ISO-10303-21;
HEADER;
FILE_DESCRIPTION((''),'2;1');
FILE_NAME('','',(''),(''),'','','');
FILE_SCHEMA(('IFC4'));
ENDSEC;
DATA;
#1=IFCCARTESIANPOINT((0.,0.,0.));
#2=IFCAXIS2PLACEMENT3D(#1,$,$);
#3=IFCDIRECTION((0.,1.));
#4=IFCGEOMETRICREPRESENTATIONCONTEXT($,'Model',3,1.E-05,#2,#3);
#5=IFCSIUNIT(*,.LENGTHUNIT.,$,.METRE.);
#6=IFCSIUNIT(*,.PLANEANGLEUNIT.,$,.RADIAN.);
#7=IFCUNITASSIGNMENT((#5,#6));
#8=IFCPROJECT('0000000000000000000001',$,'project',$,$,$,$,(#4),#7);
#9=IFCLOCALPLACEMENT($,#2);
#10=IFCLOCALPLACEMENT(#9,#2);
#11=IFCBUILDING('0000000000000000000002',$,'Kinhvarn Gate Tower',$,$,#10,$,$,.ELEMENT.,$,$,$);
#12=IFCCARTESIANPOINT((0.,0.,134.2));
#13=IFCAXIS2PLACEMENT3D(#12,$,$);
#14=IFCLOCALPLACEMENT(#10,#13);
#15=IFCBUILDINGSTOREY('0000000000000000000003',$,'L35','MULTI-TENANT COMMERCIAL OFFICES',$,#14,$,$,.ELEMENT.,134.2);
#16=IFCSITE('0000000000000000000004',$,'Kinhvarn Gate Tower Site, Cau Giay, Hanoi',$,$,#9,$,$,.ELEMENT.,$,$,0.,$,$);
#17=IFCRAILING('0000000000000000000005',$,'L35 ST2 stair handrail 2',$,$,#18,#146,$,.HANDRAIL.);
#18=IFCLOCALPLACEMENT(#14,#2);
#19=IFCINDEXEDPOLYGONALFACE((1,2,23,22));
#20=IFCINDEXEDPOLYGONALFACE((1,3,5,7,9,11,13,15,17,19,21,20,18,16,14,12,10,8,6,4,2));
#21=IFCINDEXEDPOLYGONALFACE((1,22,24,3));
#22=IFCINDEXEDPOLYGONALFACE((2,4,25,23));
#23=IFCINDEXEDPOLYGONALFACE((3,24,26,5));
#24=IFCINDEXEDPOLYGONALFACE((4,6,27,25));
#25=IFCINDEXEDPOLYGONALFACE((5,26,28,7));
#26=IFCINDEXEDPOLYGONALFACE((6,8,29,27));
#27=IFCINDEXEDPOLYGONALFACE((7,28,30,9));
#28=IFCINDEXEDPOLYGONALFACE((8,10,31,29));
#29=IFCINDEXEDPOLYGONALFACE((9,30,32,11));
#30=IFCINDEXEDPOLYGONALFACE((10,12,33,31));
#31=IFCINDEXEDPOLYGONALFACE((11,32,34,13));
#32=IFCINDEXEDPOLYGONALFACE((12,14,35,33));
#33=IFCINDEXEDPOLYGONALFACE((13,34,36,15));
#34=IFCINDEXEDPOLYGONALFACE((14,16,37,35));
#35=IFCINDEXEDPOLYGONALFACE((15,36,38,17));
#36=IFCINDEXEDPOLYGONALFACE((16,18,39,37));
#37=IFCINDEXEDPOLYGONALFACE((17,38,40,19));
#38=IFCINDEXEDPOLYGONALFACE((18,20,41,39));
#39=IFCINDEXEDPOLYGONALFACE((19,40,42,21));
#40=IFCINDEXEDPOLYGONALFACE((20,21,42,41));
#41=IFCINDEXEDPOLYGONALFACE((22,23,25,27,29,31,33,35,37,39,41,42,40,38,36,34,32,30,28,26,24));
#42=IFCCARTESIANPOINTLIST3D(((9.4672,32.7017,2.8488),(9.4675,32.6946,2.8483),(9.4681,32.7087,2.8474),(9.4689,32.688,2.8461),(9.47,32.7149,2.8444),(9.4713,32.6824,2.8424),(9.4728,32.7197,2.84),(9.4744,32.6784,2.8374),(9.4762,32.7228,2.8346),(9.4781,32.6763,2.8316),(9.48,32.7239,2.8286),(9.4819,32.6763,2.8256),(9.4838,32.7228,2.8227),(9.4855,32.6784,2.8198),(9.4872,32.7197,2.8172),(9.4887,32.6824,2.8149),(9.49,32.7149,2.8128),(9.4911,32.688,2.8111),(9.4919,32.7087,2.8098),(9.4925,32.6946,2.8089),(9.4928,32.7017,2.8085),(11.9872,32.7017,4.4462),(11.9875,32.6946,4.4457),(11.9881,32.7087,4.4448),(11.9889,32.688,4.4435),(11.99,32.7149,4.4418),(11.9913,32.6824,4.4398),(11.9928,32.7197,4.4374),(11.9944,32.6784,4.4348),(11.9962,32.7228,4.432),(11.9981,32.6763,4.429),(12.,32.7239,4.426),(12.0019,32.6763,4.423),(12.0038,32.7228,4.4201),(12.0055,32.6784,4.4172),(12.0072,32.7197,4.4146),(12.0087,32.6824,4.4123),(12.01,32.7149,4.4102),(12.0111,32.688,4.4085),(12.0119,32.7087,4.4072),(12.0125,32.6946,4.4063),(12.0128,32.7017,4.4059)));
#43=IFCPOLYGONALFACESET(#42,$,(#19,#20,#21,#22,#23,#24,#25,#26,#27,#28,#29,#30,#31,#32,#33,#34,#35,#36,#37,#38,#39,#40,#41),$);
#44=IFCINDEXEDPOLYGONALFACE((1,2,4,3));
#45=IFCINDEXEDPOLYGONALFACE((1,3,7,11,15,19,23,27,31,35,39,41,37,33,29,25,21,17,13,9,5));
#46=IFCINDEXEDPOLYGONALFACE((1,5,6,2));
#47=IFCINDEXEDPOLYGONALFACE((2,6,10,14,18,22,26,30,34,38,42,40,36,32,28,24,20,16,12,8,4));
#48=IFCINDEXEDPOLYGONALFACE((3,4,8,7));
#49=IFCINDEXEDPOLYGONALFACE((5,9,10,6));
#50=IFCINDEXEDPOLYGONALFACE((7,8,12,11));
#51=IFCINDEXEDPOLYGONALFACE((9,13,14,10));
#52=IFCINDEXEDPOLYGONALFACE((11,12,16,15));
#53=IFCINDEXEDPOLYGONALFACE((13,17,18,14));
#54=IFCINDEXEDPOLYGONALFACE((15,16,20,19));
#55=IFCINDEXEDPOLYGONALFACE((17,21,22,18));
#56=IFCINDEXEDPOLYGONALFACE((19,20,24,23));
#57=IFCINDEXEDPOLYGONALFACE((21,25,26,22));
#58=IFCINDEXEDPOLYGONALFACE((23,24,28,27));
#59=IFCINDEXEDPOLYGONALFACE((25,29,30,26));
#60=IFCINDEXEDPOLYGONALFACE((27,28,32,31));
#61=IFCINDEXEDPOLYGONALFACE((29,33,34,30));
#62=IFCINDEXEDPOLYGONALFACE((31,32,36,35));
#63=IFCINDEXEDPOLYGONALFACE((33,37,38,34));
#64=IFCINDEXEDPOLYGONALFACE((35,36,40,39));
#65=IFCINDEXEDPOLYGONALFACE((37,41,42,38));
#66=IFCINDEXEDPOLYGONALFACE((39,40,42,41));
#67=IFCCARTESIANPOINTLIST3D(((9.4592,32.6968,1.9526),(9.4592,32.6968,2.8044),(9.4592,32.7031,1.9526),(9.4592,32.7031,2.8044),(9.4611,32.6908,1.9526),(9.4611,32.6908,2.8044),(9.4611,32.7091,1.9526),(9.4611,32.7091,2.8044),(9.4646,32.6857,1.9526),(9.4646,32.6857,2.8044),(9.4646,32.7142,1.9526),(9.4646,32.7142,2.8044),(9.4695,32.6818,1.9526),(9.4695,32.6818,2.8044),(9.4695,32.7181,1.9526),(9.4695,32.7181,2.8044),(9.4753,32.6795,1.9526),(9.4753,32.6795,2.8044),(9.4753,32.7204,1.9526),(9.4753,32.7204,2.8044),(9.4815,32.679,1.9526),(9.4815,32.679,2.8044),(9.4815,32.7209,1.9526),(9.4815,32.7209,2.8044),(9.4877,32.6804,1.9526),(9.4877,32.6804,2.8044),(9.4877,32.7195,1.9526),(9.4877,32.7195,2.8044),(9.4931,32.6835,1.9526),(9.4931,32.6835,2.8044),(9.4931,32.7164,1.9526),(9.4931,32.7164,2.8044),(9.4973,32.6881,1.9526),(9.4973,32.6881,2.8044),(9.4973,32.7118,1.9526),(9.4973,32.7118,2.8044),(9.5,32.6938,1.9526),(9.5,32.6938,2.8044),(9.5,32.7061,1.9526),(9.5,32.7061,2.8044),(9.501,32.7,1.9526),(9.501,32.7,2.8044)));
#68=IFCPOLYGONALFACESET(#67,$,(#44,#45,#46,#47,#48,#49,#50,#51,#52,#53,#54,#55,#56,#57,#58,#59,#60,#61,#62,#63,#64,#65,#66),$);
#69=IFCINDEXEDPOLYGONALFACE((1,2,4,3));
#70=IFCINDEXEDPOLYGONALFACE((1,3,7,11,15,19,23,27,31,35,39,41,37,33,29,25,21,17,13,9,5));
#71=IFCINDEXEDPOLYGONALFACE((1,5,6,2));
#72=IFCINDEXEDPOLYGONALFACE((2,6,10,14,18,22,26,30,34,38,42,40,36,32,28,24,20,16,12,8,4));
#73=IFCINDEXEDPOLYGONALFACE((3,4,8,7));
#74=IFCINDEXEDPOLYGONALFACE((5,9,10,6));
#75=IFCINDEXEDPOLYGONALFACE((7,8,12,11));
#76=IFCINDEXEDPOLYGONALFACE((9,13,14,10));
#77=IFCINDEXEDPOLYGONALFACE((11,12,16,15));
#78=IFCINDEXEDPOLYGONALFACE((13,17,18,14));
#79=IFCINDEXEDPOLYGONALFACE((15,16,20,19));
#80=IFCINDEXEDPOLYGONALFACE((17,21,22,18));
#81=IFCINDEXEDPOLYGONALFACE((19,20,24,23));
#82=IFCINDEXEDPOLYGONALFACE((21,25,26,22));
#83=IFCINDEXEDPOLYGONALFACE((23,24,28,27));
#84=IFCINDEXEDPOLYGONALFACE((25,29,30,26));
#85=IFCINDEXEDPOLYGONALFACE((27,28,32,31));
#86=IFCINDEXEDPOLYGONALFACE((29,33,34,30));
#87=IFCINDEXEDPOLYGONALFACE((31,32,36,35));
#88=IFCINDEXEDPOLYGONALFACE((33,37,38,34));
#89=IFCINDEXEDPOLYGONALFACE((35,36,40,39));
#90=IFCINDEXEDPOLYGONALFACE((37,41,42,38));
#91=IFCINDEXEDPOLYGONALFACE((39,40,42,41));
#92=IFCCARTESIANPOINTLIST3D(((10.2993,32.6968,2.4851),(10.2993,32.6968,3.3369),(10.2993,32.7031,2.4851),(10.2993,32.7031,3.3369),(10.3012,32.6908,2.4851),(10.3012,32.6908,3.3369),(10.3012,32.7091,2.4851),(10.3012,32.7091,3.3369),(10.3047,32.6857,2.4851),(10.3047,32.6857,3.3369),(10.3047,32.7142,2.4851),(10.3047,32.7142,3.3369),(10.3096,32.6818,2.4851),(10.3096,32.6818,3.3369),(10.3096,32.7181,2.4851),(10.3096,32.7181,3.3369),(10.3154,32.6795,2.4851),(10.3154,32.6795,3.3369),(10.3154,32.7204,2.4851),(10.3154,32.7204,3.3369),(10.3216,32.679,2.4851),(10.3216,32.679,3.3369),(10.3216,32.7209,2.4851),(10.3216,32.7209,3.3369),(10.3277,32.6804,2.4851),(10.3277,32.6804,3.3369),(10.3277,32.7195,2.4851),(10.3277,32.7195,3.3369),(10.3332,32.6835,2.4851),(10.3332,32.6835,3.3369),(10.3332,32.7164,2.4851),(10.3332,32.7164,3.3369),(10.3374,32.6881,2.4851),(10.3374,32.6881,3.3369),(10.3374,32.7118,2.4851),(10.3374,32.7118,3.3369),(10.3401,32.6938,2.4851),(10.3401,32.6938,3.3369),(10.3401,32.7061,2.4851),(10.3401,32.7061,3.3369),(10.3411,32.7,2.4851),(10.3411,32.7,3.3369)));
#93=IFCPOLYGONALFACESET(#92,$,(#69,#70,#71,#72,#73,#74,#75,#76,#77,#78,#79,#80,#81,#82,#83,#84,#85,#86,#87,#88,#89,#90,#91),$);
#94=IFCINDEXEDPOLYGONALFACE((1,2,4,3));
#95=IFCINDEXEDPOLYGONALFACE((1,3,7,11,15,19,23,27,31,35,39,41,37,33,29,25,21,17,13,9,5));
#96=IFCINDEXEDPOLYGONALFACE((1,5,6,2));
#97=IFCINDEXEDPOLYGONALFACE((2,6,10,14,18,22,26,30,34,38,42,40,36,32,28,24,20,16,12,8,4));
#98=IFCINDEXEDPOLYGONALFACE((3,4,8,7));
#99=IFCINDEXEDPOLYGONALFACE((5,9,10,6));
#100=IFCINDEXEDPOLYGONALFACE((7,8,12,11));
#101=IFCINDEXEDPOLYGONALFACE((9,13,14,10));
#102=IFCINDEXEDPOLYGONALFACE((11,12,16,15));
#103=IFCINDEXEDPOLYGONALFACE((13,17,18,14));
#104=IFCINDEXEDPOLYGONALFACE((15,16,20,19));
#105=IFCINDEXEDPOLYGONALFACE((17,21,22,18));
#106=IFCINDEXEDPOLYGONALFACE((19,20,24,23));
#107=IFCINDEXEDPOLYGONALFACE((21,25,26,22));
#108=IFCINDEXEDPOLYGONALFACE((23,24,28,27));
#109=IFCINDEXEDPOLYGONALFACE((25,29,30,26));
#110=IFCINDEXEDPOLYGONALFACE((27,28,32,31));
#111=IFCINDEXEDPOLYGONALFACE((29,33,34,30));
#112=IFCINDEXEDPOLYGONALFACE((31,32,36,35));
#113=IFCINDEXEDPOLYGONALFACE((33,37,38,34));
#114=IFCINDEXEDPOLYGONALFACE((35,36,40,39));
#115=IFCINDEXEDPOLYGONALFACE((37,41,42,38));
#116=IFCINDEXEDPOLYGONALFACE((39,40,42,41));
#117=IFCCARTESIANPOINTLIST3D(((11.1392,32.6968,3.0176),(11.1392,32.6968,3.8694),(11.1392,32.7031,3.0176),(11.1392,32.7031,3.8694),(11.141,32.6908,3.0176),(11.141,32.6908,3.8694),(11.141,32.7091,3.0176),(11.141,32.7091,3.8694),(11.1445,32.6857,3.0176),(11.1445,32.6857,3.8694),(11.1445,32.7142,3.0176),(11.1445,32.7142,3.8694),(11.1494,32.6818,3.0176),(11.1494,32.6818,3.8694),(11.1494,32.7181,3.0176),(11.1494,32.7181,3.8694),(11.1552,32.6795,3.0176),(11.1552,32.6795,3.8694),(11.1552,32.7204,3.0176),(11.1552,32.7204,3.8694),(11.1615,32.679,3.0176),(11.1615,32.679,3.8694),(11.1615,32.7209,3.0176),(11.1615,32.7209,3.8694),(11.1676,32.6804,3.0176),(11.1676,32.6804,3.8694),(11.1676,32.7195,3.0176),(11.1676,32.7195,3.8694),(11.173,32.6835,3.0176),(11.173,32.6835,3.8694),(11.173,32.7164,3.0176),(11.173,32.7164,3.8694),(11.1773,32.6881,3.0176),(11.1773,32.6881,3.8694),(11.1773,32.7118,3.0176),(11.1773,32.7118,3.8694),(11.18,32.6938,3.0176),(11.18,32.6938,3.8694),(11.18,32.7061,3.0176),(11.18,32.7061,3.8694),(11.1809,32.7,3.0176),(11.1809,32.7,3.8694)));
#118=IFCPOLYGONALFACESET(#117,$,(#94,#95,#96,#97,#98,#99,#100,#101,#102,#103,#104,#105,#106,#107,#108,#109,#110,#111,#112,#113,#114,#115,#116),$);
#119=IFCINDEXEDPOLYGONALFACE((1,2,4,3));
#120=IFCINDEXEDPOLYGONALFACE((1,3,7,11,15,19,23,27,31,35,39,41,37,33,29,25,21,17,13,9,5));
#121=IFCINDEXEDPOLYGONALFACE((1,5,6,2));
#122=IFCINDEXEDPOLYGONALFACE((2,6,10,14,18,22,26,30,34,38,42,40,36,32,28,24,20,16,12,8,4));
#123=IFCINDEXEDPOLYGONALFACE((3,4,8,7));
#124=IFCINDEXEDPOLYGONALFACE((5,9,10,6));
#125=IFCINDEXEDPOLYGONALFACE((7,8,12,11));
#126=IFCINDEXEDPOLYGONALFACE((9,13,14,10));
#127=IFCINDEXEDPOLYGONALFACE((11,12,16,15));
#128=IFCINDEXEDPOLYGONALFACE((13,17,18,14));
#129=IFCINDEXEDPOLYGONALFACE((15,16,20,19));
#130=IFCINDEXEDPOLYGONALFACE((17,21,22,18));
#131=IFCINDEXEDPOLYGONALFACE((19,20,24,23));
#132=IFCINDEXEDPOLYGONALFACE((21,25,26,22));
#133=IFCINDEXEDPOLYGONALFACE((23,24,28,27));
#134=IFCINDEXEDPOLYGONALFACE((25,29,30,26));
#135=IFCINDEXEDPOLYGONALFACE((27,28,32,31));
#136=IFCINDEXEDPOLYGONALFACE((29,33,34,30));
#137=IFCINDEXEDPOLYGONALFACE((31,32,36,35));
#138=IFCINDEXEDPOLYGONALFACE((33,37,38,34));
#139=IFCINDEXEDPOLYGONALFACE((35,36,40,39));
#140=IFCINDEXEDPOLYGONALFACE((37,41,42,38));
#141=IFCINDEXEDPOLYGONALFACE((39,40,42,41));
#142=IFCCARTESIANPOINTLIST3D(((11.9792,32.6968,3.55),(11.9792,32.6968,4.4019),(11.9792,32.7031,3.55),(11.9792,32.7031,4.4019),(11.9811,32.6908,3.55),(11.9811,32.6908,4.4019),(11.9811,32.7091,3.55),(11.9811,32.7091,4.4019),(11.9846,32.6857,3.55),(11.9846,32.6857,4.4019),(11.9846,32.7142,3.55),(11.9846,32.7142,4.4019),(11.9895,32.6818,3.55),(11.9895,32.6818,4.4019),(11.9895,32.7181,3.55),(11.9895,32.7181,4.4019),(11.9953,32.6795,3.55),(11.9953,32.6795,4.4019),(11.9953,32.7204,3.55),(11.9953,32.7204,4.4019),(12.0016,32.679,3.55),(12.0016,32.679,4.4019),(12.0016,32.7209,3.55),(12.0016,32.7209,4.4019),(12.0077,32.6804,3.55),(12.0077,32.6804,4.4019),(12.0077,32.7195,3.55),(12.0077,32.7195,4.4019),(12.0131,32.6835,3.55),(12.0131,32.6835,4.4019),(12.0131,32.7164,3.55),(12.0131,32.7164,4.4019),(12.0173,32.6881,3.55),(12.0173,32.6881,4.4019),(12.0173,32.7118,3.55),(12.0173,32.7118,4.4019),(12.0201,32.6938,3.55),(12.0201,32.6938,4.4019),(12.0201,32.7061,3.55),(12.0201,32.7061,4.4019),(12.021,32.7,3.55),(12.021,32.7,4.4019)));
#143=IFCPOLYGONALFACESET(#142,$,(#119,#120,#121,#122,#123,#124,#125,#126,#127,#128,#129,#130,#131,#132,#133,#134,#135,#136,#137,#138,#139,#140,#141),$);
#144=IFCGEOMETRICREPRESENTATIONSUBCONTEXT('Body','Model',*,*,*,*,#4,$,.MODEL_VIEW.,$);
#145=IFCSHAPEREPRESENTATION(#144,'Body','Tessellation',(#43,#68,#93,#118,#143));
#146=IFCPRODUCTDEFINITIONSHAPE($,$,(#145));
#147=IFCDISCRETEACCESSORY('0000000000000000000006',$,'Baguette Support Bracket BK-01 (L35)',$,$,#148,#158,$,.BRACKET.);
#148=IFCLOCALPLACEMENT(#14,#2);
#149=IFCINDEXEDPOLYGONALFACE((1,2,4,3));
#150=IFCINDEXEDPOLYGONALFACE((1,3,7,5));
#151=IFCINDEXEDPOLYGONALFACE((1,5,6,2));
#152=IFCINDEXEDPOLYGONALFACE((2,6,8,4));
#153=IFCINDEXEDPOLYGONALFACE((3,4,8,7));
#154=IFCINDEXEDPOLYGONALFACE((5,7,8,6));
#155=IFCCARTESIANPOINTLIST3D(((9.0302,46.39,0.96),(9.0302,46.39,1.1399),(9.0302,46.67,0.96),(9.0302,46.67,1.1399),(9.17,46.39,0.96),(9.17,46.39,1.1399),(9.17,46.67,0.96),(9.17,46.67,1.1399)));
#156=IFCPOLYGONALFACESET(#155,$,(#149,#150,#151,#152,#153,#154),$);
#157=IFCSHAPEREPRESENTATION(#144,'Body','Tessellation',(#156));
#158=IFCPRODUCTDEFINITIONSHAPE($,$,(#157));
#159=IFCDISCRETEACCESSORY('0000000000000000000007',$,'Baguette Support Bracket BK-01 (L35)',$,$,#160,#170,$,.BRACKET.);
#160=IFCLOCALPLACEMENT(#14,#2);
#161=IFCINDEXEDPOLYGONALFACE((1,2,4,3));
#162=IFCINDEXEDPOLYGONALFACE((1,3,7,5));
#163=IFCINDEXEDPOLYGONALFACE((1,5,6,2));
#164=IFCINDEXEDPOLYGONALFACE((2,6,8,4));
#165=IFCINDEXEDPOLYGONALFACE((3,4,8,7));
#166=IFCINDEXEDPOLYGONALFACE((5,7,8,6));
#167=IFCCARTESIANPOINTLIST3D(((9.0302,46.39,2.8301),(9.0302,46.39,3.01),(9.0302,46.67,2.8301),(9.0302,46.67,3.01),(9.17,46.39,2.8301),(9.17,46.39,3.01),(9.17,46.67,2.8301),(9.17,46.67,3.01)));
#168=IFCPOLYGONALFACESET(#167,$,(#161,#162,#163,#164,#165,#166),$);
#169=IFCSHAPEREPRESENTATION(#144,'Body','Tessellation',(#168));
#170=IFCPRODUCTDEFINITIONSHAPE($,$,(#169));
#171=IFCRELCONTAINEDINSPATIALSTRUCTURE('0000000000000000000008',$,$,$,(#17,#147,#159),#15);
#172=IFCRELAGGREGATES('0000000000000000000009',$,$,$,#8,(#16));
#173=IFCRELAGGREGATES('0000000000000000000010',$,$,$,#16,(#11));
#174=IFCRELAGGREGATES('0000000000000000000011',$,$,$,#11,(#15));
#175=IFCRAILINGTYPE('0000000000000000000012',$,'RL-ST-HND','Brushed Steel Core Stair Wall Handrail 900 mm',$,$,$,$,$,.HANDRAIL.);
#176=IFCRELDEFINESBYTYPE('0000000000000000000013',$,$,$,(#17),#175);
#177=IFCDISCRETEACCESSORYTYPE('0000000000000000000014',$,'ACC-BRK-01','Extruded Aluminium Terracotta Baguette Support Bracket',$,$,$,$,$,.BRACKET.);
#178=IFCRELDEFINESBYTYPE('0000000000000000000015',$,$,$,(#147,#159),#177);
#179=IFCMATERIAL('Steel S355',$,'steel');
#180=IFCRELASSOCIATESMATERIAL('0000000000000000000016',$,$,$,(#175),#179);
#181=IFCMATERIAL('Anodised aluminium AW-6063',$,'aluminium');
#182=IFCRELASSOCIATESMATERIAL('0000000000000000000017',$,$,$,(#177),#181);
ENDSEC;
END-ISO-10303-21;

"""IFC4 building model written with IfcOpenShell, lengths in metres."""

from ifc_helpers import new_model, si_unit, direction, frame, origin, origin_2d, place, context, subcontext, project, spatial, rectangle, circle, extrude, material, type_object, element, save


model = new_model("IFC4")

# Units and contexts
model_context = context("Model", 3, precision=1e-05, world=origin(), true_north=direction((0.0, 1.0)))
body_context = subcontext(model_context, "Body", "Model", "MODEL_VIEW")
ifc_project = project(units=[si_unit("LENGTHUNIT", "METRE"), si_unit("PLANEANGLEUNIT", "RADIAN")], contexts=[model_context])

# Site, building, storey
site_placement = place(None, origin())
site = spatial("IfcSite", under=ifc_project, at=site_placement, Name="Kinhvarn Gate Tower Site, Cau Giay, Hanoi", CompositionType="ELEMENT", RefElevation=0.0)
building_placement = place(site_placement, origin())
building = spatial("IfcBuilding", under=site, at=building_placement, Name="Kinhvarn Gate Tower", CompositionType="ELEMENT")
storey_placement = place(building_placement, frame((0.0, 0.0, 134.2)))
storey = spatial("IfcBuildingStorey", under=building, at=storey_placement, Name="L35", Description="MULTI-TENANT COMMERCIAL OFFICES", CompositionType="ELEMENT", Elevation=134.2)

# Shared definitions
ifc_material_1 = material(Name="Anodised aluminium AW-6063", Category="aluminium")

# Shared definitions
ifc_material_2 = material(Name="Steel S355", Category="steel")

# Railing
railing_type_1 = type_object("IfcRailingType", Name="RL-ST-HND", Description="Brushed Steel Core Stair Wall Handrail 900 mm", PredefinedType="HANDRAIL", material=ifc_material_2)
railing_1_placement = place(storey_placement, frame((9.48, 32.7, 1.9526)))
element("IfcRailing", 1, at=railing_1_placement, inside=storey, type_object=railing_type_1, Name="L35 ST2 stair handrail 2", PredefinedType="HANDRAIL", context=body_context, shape_type="SweptSolid", body=[
    extrude(circle(Radius=0.0239, at=origin_2d()), frame((0.0, 0.0, 0.876), z_axis=(0.844607, 0.0, 0.535387), x_axis=(0.0, 1.0, 0.0)), (0.0, 0.0, 1.0), 2.9836),
    extrude(circle(Radius=0.021, at=origin_2d()), origin(), (0.0, 0.0, 1.0), 0.8518),
    extrude(circle(Radius=0.021, at=origin_2d()), frame((0.8401, 0.0, 0.5325)), (0.0, 0.0, 1.0), 0.8518),
    extrude(circle(Radius=0.021, at=origin_2d()), frame((1.6799, 0.0, 1.0649)), (0.0, 0.0, 1.0), 0.8518),
    extrude(circle(Radius=0.021, at=origin_2d()), frame((2.52, 0.0, 1.5974)), (0.0, 0.0, 1.0), 0.8518),
])

# Discrete accessories
discrete_accessory_type = type_object("IfcDiscreteAccessoryType", Name="ACC-BRK-01", Description="Extruded Aluminium Terracotta Baguette Support Bracket", PredefinedType="BRACKET", material=ifc_material_1)
for number, where, z_axis, x_axis, name in (
    (2, (9.1001, 46.53, 0.96), (0.0, 0.0, 1.0), (-1.0, 0.0, 0.0), "Baguette Support Bracket BK-01 (L35)"),
    (3, (9.1001, 46.53, 2.8301), (0.0, 0.0, 1.0), (-1.0, 0.0, 0.0), "Baguette Support Bracket BK-01 (L35)"),
):
    element("IfcDiscreteAccessory", number, at=place(storey_placement, frame(where, z_axis=z_axis, x_axis=x_axis)), inside=storey, type_object=discrete_accessory_type, Name=name, PredefinedType="BRACKET", context=body_context, shape_type="SweptSolid", body=[
        extrude(rectangle(XDim=0.1399, YDim=0.28, at=origin_2d()), origin(), (0.0, 0.0, 1.0), 0.1799),
    ])

save(model, "model.ifc")
